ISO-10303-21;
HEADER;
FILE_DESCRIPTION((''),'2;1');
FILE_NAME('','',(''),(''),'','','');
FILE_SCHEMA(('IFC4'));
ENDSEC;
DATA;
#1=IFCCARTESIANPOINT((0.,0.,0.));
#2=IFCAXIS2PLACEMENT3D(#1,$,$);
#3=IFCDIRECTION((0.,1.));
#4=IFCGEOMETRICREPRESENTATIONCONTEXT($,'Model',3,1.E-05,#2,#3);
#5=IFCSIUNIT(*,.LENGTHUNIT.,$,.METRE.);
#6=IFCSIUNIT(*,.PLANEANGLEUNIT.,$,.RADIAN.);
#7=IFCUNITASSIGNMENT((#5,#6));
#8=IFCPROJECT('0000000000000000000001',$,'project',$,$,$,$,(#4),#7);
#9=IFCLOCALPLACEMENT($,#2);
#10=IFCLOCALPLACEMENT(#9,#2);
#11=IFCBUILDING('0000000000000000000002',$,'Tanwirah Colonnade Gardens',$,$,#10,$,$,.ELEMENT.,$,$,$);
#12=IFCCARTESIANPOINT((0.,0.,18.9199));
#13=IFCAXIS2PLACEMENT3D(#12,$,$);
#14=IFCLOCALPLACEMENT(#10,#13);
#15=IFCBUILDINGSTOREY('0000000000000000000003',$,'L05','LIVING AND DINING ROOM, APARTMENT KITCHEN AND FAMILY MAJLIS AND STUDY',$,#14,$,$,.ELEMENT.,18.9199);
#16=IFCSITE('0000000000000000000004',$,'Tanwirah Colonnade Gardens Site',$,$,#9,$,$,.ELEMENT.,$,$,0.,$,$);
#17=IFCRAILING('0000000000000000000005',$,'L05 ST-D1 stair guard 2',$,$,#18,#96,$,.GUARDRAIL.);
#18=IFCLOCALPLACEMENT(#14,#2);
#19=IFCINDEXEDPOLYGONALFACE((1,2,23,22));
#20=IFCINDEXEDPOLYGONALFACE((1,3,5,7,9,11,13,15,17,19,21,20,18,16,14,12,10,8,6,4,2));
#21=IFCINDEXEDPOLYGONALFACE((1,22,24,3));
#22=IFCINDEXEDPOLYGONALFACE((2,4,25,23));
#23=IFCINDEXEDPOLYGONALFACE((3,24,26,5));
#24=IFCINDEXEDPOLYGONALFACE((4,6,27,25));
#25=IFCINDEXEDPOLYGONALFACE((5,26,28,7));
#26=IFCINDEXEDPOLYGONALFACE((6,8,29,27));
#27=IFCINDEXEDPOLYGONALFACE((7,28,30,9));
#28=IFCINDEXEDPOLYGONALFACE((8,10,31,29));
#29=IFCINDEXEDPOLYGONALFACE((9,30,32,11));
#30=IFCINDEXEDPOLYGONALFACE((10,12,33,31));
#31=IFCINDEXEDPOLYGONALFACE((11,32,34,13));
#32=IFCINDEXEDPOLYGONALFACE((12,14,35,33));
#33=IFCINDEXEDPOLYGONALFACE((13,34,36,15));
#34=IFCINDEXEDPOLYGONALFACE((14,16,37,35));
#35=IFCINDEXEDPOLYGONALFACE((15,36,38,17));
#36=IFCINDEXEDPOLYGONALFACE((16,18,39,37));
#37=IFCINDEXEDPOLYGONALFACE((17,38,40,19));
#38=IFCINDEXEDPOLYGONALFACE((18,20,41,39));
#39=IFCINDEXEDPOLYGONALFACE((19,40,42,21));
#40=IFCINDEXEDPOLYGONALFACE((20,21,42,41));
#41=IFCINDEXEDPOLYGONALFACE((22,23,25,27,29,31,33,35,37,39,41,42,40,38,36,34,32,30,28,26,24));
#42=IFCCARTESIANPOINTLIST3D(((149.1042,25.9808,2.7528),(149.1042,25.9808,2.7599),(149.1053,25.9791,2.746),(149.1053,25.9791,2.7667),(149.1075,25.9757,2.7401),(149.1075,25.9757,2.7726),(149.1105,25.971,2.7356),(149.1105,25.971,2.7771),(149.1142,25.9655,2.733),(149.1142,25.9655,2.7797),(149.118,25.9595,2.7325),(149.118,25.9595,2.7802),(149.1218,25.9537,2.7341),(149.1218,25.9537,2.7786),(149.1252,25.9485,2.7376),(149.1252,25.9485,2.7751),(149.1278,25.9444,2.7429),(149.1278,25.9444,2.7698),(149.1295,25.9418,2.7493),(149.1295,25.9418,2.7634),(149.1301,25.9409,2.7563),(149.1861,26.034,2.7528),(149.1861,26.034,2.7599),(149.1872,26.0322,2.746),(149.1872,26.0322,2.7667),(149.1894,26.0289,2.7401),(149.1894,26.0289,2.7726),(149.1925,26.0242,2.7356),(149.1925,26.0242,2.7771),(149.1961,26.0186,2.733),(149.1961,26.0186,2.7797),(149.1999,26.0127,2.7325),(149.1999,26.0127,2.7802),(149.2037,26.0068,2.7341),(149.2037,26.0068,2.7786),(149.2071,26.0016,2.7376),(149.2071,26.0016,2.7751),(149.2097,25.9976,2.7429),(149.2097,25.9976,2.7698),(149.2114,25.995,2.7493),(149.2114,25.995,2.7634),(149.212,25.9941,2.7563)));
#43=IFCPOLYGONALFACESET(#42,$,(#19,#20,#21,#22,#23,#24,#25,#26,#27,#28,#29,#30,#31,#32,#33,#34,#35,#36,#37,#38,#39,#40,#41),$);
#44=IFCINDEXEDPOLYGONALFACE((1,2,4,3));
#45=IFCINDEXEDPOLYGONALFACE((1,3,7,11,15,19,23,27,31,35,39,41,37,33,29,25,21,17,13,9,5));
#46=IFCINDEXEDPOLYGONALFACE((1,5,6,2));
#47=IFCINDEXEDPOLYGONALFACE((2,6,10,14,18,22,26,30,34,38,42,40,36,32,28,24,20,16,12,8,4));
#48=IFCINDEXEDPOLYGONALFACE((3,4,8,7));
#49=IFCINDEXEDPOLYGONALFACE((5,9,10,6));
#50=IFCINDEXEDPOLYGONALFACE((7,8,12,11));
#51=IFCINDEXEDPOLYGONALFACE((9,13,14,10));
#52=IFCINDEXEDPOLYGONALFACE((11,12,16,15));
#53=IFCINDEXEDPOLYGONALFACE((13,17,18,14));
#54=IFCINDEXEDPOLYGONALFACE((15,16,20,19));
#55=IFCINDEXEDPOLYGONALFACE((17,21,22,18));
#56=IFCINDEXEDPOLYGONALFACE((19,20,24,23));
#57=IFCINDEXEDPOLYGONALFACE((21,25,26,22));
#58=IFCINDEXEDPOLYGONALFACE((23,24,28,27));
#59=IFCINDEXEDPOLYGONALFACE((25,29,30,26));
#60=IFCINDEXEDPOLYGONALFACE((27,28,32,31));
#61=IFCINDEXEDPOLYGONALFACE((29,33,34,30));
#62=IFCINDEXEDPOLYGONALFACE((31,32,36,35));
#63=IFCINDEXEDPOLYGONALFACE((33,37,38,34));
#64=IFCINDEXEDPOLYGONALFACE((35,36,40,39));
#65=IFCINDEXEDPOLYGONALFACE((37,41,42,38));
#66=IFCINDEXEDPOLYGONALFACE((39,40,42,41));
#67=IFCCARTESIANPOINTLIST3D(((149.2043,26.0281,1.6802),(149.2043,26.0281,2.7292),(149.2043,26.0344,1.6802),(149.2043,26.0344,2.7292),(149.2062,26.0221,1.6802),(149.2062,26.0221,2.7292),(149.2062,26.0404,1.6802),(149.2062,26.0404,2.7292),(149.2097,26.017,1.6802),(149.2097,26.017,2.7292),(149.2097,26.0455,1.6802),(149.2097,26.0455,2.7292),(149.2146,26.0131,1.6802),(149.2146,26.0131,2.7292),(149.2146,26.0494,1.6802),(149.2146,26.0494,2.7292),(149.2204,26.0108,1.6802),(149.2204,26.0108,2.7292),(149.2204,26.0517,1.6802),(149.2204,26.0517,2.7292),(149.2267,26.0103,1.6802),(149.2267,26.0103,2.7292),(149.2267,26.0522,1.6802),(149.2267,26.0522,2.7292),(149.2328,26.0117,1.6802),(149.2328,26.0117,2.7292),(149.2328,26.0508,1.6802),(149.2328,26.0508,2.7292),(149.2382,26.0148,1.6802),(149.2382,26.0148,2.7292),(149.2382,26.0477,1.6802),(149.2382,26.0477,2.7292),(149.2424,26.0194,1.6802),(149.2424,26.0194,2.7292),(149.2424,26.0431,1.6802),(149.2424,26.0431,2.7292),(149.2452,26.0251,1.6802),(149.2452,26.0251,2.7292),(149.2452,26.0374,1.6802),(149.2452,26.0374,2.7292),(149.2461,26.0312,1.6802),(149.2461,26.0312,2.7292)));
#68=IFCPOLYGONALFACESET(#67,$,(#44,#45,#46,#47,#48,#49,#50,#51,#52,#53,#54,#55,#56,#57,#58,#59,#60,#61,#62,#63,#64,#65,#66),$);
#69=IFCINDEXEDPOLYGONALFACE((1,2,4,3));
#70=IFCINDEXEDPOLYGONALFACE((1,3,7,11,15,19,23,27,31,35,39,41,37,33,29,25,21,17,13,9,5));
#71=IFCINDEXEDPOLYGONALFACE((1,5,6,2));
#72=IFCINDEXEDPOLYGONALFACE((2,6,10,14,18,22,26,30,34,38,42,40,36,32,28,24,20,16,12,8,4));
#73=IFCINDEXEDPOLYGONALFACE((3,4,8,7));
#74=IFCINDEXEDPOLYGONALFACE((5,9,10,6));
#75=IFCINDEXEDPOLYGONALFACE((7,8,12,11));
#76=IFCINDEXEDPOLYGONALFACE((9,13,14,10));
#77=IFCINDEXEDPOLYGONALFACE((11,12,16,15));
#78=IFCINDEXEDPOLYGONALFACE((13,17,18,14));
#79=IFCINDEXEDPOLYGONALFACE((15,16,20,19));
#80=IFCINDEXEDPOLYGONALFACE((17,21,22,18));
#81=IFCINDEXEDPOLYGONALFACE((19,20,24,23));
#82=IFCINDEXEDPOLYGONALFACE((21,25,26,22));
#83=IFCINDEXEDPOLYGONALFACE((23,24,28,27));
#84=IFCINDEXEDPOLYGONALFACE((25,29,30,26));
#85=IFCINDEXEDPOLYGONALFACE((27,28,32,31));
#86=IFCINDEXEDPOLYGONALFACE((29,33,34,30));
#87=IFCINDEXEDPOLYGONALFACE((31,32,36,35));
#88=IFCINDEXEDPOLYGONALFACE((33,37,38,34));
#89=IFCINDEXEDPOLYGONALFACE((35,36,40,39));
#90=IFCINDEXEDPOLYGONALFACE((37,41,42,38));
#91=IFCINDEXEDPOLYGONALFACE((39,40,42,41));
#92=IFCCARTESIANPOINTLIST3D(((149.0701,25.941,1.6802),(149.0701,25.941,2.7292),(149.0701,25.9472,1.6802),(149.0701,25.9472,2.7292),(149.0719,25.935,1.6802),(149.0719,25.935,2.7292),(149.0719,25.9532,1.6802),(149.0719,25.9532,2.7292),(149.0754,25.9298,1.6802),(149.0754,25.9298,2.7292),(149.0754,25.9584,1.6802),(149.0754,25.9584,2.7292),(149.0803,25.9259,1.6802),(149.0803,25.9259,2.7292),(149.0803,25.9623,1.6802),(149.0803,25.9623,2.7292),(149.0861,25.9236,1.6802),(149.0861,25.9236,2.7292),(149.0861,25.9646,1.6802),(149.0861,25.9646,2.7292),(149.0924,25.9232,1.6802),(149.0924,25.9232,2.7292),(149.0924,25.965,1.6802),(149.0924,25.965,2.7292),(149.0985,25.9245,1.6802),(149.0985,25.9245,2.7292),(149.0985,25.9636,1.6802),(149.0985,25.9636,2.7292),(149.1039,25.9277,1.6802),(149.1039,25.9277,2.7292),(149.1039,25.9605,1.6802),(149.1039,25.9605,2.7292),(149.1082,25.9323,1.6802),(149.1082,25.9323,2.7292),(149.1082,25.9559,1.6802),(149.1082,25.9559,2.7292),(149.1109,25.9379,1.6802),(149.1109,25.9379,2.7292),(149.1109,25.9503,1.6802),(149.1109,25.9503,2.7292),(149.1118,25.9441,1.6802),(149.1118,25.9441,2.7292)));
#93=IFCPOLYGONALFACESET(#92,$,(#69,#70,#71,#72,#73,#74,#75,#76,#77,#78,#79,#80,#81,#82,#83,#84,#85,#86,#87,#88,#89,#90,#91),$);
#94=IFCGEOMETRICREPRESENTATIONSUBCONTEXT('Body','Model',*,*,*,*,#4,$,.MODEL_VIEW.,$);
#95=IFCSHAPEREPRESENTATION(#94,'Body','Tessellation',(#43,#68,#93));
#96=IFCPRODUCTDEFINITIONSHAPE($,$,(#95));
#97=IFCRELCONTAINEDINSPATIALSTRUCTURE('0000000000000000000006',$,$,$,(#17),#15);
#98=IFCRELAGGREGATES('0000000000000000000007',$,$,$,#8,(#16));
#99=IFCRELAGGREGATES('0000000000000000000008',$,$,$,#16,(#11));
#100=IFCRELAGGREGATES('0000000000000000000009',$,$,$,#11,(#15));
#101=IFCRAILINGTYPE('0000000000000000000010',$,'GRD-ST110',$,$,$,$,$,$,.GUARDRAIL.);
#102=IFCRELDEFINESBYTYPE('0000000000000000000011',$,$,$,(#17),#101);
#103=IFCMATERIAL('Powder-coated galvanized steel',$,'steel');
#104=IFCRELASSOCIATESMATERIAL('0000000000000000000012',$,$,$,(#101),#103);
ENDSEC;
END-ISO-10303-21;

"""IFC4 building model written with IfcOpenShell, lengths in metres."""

from ifc_helpers import new_model, si_unit, direction, frame, origin, origin_2d, place, context, subcontext, project, spatial, circle, extrude, material, type_object, element, save


model = new_model("IFC4")

# Units and contexts
model_context = context("Model", 3, precision=1e-05, world=origin(), true_north=direction((0.0, 1.0)))
body_context = subcontext(model_context, "Body", "Model", "MODEL_VIEW")
ifc_project = project(units=[si_unit("LENGTHUNIT", "METRE"), si_unit("PLANEANGLEUNIT", "RADIAN")], contexts=[model_context])

# Site, building, storey
site_placement = place(None, origin())
site = spatial("IfcSite", under=ifc_project, at=site_placement, Name="Tanwirah Colonnade Gardens Site", CompositionType="ELEMENT", RefElevation=0.0)
building_placement = place(site_placement, origin())
building = spatial("IfcBuilding", under=site, at=building_placement, Name="Tanwirah Colonnade Gardens", CompositionType="ELEMENT")
storey_placement = place(building_placement, frame((0.0, 0.0, 18.9199)))
storey = spatial("IfcBuildingStorey", under=building, at=storey_placement, Name="L05", Description="LIVING AND DINING ROOM, APARTMENT KITCHEN AND FAMILY MAJLIS AND STUDY", CompositionType="ELEMENT", Elevation=18.9199)

# Railing
ifc_material_1 = material(Name="Powder-coated galvanized steel", Category="steel")
railing_type_1 = type_object("IfcRailingType", Name="GRD-ST110", PredefinedType="GUARDRAIL", material=ifc_material_1)
railing_1_placement = place(storey_placement, frame((149.2251, 26.0312, 1.6802)))
element("IfcRailing", 1, at=railing_1_placement, inside=storey, type_object=railing_type_1, Name="L05 ST-D1 stair guard 2", PredefinedType="GUARDRAIL", context=body_context, shape_type="SweptSolid", body=[
    extrude(circle(Radius=0.0239, at=origin_2d()), frame((-0.0261, -0.0171, 1.0762), z_axis=(-0.838792, -0.544452, 0.0), x_axis=(0.544452, -0.838792, 0.0)), (0.0, 0.0, 1.0), 0.0977),
    extrude(circle(Radius=0.021, at=origin_2d()), origin(), (0.0, 0.0, 1.0), 1.0491),
    extrude(circle(Radius=0.021, at=origin_2d()), frame((-0.1343, -0.0872, 0.0)), (0.0, 0.0, 1.0), 1.0491),
])

save(model, "model.ifc")
